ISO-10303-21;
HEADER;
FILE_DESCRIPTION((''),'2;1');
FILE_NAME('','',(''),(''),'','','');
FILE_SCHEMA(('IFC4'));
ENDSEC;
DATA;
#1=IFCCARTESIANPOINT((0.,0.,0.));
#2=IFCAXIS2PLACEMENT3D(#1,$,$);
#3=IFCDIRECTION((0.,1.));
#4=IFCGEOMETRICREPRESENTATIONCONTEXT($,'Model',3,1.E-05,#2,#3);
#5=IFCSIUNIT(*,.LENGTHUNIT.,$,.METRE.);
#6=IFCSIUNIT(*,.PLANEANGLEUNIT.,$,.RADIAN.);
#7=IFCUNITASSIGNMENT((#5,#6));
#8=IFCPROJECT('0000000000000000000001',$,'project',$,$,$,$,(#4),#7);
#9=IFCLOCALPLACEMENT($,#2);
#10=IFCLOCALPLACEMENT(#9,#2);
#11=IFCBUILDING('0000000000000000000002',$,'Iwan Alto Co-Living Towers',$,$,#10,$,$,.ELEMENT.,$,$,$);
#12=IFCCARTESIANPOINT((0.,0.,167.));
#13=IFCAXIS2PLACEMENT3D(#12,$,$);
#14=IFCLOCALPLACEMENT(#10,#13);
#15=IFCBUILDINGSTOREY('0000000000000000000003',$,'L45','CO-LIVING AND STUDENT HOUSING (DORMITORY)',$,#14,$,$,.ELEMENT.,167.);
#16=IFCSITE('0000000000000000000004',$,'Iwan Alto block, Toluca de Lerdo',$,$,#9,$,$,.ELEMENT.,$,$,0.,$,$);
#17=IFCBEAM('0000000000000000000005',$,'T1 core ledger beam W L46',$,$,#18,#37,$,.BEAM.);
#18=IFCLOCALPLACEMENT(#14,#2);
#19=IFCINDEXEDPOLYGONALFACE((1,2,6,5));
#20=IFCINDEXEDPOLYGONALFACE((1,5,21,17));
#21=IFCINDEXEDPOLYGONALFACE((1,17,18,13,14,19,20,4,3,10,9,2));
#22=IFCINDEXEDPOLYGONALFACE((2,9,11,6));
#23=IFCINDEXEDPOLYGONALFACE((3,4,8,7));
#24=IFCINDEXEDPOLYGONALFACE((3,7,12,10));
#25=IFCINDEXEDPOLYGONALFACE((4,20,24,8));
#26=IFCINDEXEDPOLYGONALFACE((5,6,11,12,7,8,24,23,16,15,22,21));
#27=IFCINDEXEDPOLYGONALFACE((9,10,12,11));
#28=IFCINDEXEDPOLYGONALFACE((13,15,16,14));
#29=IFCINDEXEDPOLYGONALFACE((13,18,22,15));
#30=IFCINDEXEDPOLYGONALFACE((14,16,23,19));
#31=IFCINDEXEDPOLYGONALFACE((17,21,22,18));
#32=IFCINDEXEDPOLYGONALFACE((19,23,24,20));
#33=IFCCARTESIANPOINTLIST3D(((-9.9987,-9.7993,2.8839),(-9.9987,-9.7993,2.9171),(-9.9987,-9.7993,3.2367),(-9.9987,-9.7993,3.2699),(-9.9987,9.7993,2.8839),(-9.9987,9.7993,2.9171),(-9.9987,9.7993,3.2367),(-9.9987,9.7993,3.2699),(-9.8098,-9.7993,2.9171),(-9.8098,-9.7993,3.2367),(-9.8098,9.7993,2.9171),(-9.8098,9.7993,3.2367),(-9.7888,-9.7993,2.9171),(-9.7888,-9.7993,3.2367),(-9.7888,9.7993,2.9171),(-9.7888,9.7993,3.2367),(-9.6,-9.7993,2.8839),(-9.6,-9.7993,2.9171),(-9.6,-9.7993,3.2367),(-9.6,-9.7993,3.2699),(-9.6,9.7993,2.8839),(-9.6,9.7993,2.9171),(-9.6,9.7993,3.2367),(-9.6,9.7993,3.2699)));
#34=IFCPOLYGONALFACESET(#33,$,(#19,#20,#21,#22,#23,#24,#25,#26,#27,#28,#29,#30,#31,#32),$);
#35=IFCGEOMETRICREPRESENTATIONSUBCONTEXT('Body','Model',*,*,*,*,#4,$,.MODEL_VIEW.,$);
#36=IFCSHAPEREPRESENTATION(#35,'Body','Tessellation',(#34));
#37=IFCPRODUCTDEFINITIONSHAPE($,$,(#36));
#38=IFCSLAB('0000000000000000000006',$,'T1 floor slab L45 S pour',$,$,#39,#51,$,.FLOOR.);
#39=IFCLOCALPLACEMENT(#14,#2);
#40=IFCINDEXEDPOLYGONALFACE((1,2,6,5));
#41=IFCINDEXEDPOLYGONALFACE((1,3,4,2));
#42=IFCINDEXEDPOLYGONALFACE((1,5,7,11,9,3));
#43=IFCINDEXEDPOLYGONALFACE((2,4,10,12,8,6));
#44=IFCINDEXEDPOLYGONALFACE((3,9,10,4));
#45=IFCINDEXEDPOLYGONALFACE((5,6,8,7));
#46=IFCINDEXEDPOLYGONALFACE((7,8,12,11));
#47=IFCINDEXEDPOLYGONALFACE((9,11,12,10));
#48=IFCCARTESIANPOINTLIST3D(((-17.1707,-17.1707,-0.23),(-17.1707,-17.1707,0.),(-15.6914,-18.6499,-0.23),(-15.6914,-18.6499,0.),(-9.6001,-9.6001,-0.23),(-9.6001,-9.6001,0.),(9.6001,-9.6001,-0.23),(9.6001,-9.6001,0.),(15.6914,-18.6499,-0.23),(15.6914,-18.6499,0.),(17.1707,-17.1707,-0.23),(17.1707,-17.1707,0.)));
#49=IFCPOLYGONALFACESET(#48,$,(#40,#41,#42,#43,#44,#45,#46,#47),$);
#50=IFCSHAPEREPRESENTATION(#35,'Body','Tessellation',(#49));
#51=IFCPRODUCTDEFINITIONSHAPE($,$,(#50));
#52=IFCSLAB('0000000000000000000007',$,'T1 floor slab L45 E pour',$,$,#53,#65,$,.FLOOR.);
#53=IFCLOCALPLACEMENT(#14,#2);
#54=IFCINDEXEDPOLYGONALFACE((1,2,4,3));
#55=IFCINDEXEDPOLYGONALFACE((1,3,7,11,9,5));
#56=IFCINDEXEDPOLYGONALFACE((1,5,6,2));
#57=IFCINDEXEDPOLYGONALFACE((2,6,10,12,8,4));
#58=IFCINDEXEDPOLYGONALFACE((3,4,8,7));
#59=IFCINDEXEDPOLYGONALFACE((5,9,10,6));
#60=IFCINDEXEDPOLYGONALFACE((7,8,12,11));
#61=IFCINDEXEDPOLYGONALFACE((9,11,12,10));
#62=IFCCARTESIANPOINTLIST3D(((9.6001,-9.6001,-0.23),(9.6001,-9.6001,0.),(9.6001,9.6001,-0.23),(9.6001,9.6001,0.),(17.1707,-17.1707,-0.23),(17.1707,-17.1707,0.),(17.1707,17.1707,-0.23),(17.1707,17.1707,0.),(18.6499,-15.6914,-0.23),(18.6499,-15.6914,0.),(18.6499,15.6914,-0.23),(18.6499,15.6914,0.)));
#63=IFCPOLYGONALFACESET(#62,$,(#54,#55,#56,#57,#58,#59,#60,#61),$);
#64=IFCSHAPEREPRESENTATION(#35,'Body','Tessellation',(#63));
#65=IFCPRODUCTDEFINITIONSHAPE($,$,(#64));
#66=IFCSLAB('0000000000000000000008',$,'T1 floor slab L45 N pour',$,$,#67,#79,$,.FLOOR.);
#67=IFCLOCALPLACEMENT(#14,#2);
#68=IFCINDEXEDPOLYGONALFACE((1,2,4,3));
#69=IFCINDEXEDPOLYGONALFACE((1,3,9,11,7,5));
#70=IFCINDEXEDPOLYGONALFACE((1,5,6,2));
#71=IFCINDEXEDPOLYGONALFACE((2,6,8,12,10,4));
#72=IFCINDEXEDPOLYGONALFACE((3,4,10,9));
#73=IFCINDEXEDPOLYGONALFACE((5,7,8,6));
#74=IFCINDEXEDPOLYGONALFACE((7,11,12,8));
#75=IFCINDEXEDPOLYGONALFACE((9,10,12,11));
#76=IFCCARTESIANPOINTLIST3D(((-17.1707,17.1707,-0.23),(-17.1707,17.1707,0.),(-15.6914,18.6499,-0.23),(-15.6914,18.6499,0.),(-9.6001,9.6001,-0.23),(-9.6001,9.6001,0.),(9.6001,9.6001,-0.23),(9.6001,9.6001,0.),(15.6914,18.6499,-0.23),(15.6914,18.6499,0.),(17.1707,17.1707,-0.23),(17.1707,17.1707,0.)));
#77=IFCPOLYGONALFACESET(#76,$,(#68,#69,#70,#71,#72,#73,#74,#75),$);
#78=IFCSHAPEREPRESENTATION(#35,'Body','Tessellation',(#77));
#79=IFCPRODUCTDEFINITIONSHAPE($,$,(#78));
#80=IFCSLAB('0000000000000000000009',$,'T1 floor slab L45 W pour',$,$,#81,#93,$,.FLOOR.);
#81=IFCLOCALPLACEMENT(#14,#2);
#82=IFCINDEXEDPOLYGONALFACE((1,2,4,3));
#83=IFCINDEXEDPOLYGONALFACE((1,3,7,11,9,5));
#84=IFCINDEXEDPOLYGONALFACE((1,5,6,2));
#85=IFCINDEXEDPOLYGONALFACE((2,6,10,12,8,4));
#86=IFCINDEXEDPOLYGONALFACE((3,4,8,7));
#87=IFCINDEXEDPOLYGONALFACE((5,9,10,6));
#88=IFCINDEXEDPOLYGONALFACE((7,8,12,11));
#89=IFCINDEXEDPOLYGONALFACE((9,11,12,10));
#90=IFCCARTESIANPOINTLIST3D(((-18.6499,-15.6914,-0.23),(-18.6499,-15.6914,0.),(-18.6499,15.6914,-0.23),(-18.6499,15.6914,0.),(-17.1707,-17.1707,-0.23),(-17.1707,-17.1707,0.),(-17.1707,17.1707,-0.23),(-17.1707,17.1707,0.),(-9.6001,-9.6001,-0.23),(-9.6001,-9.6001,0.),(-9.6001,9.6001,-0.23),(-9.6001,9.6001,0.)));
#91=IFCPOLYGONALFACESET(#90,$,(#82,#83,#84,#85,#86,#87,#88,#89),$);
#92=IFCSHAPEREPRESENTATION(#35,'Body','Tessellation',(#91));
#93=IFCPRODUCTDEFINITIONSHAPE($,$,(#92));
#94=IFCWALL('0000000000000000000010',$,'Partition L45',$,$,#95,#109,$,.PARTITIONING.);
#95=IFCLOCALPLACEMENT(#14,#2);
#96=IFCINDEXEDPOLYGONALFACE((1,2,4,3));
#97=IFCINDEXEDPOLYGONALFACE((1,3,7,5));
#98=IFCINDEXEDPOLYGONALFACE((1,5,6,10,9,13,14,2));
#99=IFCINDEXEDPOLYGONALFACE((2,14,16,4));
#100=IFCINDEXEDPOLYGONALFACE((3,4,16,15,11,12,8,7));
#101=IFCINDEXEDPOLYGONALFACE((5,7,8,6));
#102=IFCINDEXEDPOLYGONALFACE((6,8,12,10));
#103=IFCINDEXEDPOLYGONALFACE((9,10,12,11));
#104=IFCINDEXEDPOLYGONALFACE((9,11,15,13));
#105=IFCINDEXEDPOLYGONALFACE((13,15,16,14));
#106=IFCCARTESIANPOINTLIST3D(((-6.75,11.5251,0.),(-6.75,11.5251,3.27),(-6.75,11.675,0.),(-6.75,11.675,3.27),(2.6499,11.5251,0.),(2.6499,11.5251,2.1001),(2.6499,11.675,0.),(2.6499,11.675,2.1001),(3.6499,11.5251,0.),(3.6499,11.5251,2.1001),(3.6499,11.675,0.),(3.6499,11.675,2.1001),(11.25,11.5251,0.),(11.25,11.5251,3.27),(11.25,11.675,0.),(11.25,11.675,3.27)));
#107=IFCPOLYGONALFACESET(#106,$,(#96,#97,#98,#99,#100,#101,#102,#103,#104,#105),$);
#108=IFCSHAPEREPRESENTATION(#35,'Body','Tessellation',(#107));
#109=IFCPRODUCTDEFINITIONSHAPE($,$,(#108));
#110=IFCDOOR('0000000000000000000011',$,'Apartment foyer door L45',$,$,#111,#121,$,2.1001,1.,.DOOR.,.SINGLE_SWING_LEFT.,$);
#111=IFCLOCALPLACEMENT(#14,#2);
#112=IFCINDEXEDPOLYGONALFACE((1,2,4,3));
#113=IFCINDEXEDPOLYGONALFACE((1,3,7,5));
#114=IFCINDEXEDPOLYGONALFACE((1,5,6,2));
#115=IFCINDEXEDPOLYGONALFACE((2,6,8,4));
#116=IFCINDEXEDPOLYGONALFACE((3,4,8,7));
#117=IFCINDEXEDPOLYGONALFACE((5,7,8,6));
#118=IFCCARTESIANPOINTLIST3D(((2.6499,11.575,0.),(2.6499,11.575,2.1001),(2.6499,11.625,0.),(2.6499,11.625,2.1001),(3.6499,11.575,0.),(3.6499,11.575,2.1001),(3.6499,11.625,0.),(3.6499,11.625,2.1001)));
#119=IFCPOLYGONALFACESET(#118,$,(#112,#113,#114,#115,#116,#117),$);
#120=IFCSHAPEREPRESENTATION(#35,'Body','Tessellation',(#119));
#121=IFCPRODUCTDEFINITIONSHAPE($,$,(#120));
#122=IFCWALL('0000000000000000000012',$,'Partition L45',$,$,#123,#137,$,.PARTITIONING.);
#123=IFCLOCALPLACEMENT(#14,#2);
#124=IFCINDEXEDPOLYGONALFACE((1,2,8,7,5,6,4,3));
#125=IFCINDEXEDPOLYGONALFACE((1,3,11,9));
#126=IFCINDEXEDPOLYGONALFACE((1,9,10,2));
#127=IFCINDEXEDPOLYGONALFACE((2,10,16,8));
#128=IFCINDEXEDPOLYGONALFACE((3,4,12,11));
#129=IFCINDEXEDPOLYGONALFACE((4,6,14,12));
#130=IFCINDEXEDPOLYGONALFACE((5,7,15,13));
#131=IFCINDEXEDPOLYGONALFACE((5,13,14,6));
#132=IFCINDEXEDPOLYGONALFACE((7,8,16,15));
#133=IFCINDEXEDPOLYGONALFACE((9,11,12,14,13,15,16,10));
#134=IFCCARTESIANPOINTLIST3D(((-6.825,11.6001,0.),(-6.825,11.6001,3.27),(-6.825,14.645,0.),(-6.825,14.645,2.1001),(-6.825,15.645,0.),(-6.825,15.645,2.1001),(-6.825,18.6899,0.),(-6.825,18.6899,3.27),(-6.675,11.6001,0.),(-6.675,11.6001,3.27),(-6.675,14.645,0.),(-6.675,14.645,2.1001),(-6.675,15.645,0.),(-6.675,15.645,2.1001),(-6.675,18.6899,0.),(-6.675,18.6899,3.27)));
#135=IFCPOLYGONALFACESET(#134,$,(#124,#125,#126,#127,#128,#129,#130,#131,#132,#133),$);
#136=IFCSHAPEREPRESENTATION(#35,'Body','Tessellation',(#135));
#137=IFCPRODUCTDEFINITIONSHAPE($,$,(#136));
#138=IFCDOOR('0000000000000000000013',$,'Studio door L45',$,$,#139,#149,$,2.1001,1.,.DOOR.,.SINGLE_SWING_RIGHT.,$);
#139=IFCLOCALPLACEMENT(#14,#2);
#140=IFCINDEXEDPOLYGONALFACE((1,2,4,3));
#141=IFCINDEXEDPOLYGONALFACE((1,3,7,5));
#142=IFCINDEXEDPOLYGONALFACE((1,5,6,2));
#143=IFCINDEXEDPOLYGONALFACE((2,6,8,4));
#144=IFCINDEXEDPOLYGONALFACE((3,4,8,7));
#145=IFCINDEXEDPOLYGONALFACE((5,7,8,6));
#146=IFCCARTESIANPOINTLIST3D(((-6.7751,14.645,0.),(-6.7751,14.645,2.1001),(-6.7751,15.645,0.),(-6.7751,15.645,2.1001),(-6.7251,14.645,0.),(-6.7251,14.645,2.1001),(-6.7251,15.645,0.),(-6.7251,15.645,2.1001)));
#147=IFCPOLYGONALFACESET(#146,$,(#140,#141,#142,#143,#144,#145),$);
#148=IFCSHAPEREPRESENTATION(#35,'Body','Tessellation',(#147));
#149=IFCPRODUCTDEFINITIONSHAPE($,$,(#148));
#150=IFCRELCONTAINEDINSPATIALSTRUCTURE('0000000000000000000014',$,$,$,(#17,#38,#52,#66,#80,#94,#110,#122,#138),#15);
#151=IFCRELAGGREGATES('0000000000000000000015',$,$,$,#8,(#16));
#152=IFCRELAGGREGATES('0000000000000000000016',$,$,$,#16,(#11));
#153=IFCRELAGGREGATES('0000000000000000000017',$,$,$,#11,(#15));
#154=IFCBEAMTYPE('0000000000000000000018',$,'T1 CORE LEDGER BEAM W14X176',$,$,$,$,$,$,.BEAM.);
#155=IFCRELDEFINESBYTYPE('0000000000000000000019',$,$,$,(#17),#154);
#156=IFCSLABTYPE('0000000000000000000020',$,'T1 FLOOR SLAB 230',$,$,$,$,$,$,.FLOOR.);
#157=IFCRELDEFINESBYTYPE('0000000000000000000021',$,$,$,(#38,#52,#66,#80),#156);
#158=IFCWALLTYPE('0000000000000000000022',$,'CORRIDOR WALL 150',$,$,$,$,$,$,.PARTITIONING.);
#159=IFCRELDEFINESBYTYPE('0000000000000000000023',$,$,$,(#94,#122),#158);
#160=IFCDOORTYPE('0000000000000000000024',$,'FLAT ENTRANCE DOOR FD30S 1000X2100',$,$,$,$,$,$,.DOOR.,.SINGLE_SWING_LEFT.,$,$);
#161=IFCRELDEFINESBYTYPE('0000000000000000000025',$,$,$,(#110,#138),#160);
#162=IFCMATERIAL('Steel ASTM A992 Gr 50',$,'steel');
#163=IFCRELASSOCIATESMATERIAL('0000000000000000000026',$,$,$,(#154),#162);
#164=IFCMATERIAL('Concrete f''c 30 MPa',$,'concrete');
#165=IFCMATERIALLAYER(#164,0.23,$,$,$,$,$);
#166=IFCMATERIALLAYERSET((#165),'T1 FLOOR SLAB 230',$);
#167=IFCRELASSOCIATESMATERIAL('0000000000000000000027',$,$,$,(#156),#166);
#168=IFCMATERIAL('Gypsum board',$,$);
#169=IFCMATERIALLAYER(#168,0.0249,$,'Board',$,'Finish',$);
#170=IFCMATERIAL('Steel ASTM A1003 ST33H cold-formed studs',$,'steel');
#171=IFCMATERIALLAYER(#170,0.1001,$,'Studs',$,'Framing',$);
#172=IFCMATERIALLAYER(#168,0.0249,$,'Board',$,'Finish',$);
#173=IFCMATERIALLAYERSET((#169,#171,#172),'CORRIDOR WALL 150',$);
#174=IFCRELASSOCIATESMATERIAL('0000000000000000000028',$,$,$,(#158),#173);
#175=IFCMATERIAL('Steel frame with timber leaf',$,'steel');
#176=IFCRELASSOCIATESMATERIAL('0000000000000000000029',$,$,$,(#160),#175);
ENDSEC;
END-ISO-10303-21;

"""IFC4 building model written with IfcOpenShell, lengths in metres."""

from ifc_helpers import new_model, si_unit, direction, frame, frame_2d, origin, origin_2d, place, context, subcontext, project, spatial, polyline, rectangle, i_section, outline, extrude, material, layer, layer_set, material_profile, profile_set, type_object, element, fill, save


model = new_model("IFC4")

# Units and contexts
model_context = context("Model", 3, precision=1e-05, world=origin(), true_north=direction((0.0, 1.0)))
body_context = subcontext(model_context, "Body", "Model", "MODEL_VIEW")
ifc_project = project(units=[si_unit("LENGTHUNIT", "METRE"), si_unit("PLANEANGLEUNIT", "RADIAN")], contexts=[model_context])

# Site, building, storey
site_placement = place(None, origin())
site = spatial("IfcSite", under=ifc_project, at=site_placement, Name="Iwan Alto block, Toluca de Lerdo", CompositionType="ELEMENT", RefElevation=0.0)
building_placement = place(site_placement, origin())
building = spatial("IfcBuilding", under=site, at=building_placement, Name="Iwan Alto Co-Living Towers", CompositionType="ELEMENT")
storey_placement = place(building_placement, frame((0.0, 0.0, 167.0)))
storey = spatial("IfcBuildingStorey", under=building, at=storey_placement, Name="L45", Description="CO-LIVING AND STUDENT HOUSING (DORMITORY)", CompositionType="ELEMENT", Elevation=167.0)

# Beam
ifc_material_1 = material(Name="Steel ASTM A992 Gr 50", Category="steel")
ifc_material_profile = material_profile(ifc_material_1, i_section(OverallWidth=0.3987, OverallDepth=0.386, WebThickness=0.021, FlangeThickness=0.0332, at=origin_2d()), Name="W14X176")
ifc_profile_set = profile_set([ifc_material_profile], Name="Steel ASTM A992 Gr 50")
beam_type = type_object("IfcBeamType", Name="T1 CORE LEDGER BEAM W14X176", PredefinedType="BEAM", material=ifc_profile_set)
beam_placement = place(storey_placement, frame((-9.7993, 9.7993, 3.0769), z_axis=(0.0, -1.0, 0.0), x_axis=(1.0, 0.0, 0.0)))
element("IfcBeam", 1, at=beam_placement, inside=storey, type_object=beam_type, Name="T1 core ledger beam W L46", PredefinedType="BEAM", context=body_context, shape_type="SweptSolid", body=[
    extrude(i_section(OverallWidth=0.3987, OverallDepth=0.386, WebThickness=0.021, FlangeThickness=0.0332, at=origin_2d()), origin(), (0.0, 0.0, 1.0), 19.5986),
])

# Slabs
ifc_material_2 = material(Name="Concrete f'c 30 MPa", Category="concrete")
ifc_layer_1 = layer(ifc_material_2, 0.23)
ifc_layer_set_1 = layer_set([ifc_layer_1], Name="T1 FLOOR SLAB 230")
slab_type = type_object("IfcSlabType", Name="T1 FLOOR SLAB 230", PredefinedType="FLOOR", material=ifc_layer_set_1)
slab_1_placement = place(storey_placement, frame((0.0, 0.0, -0.23)))
element("IfcSlab", 2, at=slab_1_placement, inside=storey, type_object=slab_type, Name="T1 floor slab L45 S pour", PredefinedType="FLOOR", context=body_context, shape_type="SweptSolid", body=[
    extrude(outline(polyline([(15.6914, -18.6499), (-15.6914, -18.6499), (-17.1707, -17.1707), (-9.6001, -9.6001), (9.6001, -9.6001), (17.1707, -17.1707), (15.6914, -18.6499)])), origin(), (0.0, 0.0, 1.0), 0.23),
])
slab_2_placement = place(storey_placement, frame((0.0, 0.0, -0.23)))
element("IfcSlab", 3, at=slab_2_placement, inside=storey, type_object=slab_type, Name="T1 floor slab L45 E pour", PredefinedType="FLOOR", context=body_context, shape_type="SweptSolid", body=[
    extrude(outline(polyline([(18.6499, 15.6914), (18.6499, -15.6914), (17.1707, -17.1707), (9.6001, -9.6001), (9.6001, 9.6001), (17.1707, 17.1707), (18.6499, 15.6914)])), origin(), (0.0, 0.0, 1.0), 0.23),
])
slab_3_placement = place(storey_placement, frame((0.0, 0.0, -0.23)))
element("IfcSlab", 4, at=slab_3_placement, inside=storey, type_object=slab_type, Name="T1 floor slab L45 N pour", PredefinedType="FLOOR", context=body_context, shape_type="SweptSolid", body=[
    extrude(outline(polyline([(-15.6914, 18.6499), (15.6914, 18.6499), (17.1707, 17.1707), (9.6001, 9.6001), (-9.6001, 9.6001), (-17.1707, 17.1707), (-15.6914, 18.6499)])), origin(), (0.0, 0.0, 1.0), 0.23),
])
slab_4_placement = place(storey_placement, frame((0.0, 0.0, -0.23)))
element("IfcSlab", 5, at=slab_4_placement, inside=storey, type_object=slab_type, Name="T1 floor slab L45 W pour", PredefinedType="FLOOR", context=body_context, shape_type="SweptSolid", body=[
    extrude(outline(polyline([(-18.6499, 15.6914), (-17.1707, 17.1707), (-9.6001, 9.6001), (-9.6001, -9.6001), (-17.1707, -17.1707), (-18.6499, -15.6914), (-18.6499, 15.6914)])), origin(), (0.0, 0.0, 1.0), 0.23),
])

# Walls, openings, doors
ifc_material_3 = material(Name="Gypsum board")
ifc_layer_2 = layer(ifc_material_3, 0.0249, Name="Board", Category="Finish")
ifc_material_4 = material(Name="Steel ASTM A1003 ST33H cold-formed studs", Category="steel")
ifc_layer_3 = layer(ifc_material_4, 0.1001, Name="Studs", Category="Framing")
ifc_layer_4 = layer(ifc_material_3, 0.0249, Name="Board", Category="Finish")
ifc_layer_set_2 = layer_set([ifc_layer_2, ifc_layer_3, ifc_layer_4], Name="CORRIDOR WALL 150")
wall_type_1 = type_object("IfcWallType", Name="CORRIDOR WALL 150", PredefinedType="PARTITIONING", material=ifc_layer_set_2)
wall_1_placement = place(storey_placement, frame((-6.75, 11.6001, 0.0), z_axis=(0.0, 0.0, 1.0), x_axis=(1.0, 0.0, 0.0)))
wall_1 = element("IfcWall", 6, at=wall_1_placement, inside=storey, type_object=wall_type_1, Name="Partition L45", PredefinedType="PARTITIONING", context=body_context, shape_type="SweptSolid", body=[
    extrude(rectangle(XDim=18.0, YDim=0.1499, at=frame_2d((9.0, 0.0))), origin(), (0.0, 0.0, 1.0), 3.27),
])
opening_1_placement = place(wall_1_placement, frame((9.3999, 0.0, 0.0)))
opening_1 = element("IfcOpeningElement", 7, at=opening_1_placement, cuts=wall_1, PredefinedType="OPENING", context=body_context, shape_type="SweptSolid", body=[
    extrude(rectangle(XDim=1.0, YDim=2.1001, at=frame_2d((0.5, 1.05))), frame((0.0, 0.085, 0.0), z_axis=(0.0, -1.0, 0.0), x_axis=(1.0, 0.0, 0.0)), (0.0, 0.0, 1.0), 0.1699),
])
ifc_material_5 = material(Name="Steel frame with timber leaf", Category="steel")
door_type_1 = type_object("IfcDoorType", Name="FLAT ENTRANCE DOOR FD30S 1000X2100", OperationType="SINGLE_SWING_LEFT", PredefinedType="DOOR", material=ifc_material_5)
door_1_placement = place(opening_1_placement, origin())
door_1 = element("IfcDoor", 8, at=door_1_placement, inside=storey, type_object=door_type_1, Name="Apartment foyer door L45", OperationType="SINGLE_SWING_LEFT", OverallHeight=2.1001, OverallWidth=1.0, PredefinedType="DOOR", context=body_context, shape_type="SweptSolid", body=[
    extrude(rectangle(XDim=1.0, YDim=2.1001, at=frame_2d((0.5, 1.05))), frame((0.0, 0.0249, 0.0), z_axis=(0.0, -1.0, 0.0), x_axis=(1.0, 0.0, 0.0)), (0.0, 0.0, 1.0), 0.05),
])
fill(opening_1, door_1)
wall_2_placement = place(storey_placement, frame((-6.75, 11.6001, 0.0), z_axis=(0.0, 0.0, 1.0), x_axis=(0.0, 1.0, 0.0)))
wall_2 = element("IfcWall", 9, at=wall_2_placement, inside=storey, type_object=wall_type_1, Name="Partition L45", PredefinedType="PARTITIONING", context=body_context, shape_type="SweptSolid", body=[
    extrude(rectangle(XDim=7.0898, YDim=0.1499, at=frame_2d((3.5449, 0.0))), origin(), (0.0, 0.0, 1.0), 3.27),
])
opening_2_placement = place(wall_2_placement, frame((3.0449, 0.0, 0.0)))
opening_2 = element("IfcOpeningElement", 10, at=opening_2_placement, cuts=wall_2, PredefinedType="OPENING", context=body_context, shape_type="SweptSolid", body=[
    extrude(rectangle(XDim=1.0, YDim=2.1001, at=frame_2d((0.5, 1.05))), frame((0.0, 0.085, 0.0), z_axis=(0.0, -1.0, 0.0), x_axis=(1.0, 0.0, 0.0)), (0.0, 0.0, 1.0), 0.1699),
])
door_2_placement = place(opening_2_placement, frame((1.0, 0.0, 0.0), z_axis=(0.0, 0.0, 1.0), x_axis=(-1.0, 0.0, 0.0)))
door_2 = element("IfcDoor", 11, at=door_2_placement, inside=storey, type_object=door_type_1, Name="Studio door L45", OperationType="SINGLE_SWING_RIGHT", OverallHeight=2.1001, OverallWidth=1.0, PredefinedType="DOOR", context=body_context, shape_type="SweptSolid", body=[
    extrude(rectangle(XDim=1.0, YDim=2.1001, at=frame_2d((0.5, 1.05))), frame((0.0, 0.0249, 0.0), z_axis=(0.0, -1.0, 0.0), x_axis=(1.0, 0.0, 0.0)), (0.0, 0.0, 1.0), 0.05),
])
fill(opening_2, door_2)

save(model, "model.ifc")
